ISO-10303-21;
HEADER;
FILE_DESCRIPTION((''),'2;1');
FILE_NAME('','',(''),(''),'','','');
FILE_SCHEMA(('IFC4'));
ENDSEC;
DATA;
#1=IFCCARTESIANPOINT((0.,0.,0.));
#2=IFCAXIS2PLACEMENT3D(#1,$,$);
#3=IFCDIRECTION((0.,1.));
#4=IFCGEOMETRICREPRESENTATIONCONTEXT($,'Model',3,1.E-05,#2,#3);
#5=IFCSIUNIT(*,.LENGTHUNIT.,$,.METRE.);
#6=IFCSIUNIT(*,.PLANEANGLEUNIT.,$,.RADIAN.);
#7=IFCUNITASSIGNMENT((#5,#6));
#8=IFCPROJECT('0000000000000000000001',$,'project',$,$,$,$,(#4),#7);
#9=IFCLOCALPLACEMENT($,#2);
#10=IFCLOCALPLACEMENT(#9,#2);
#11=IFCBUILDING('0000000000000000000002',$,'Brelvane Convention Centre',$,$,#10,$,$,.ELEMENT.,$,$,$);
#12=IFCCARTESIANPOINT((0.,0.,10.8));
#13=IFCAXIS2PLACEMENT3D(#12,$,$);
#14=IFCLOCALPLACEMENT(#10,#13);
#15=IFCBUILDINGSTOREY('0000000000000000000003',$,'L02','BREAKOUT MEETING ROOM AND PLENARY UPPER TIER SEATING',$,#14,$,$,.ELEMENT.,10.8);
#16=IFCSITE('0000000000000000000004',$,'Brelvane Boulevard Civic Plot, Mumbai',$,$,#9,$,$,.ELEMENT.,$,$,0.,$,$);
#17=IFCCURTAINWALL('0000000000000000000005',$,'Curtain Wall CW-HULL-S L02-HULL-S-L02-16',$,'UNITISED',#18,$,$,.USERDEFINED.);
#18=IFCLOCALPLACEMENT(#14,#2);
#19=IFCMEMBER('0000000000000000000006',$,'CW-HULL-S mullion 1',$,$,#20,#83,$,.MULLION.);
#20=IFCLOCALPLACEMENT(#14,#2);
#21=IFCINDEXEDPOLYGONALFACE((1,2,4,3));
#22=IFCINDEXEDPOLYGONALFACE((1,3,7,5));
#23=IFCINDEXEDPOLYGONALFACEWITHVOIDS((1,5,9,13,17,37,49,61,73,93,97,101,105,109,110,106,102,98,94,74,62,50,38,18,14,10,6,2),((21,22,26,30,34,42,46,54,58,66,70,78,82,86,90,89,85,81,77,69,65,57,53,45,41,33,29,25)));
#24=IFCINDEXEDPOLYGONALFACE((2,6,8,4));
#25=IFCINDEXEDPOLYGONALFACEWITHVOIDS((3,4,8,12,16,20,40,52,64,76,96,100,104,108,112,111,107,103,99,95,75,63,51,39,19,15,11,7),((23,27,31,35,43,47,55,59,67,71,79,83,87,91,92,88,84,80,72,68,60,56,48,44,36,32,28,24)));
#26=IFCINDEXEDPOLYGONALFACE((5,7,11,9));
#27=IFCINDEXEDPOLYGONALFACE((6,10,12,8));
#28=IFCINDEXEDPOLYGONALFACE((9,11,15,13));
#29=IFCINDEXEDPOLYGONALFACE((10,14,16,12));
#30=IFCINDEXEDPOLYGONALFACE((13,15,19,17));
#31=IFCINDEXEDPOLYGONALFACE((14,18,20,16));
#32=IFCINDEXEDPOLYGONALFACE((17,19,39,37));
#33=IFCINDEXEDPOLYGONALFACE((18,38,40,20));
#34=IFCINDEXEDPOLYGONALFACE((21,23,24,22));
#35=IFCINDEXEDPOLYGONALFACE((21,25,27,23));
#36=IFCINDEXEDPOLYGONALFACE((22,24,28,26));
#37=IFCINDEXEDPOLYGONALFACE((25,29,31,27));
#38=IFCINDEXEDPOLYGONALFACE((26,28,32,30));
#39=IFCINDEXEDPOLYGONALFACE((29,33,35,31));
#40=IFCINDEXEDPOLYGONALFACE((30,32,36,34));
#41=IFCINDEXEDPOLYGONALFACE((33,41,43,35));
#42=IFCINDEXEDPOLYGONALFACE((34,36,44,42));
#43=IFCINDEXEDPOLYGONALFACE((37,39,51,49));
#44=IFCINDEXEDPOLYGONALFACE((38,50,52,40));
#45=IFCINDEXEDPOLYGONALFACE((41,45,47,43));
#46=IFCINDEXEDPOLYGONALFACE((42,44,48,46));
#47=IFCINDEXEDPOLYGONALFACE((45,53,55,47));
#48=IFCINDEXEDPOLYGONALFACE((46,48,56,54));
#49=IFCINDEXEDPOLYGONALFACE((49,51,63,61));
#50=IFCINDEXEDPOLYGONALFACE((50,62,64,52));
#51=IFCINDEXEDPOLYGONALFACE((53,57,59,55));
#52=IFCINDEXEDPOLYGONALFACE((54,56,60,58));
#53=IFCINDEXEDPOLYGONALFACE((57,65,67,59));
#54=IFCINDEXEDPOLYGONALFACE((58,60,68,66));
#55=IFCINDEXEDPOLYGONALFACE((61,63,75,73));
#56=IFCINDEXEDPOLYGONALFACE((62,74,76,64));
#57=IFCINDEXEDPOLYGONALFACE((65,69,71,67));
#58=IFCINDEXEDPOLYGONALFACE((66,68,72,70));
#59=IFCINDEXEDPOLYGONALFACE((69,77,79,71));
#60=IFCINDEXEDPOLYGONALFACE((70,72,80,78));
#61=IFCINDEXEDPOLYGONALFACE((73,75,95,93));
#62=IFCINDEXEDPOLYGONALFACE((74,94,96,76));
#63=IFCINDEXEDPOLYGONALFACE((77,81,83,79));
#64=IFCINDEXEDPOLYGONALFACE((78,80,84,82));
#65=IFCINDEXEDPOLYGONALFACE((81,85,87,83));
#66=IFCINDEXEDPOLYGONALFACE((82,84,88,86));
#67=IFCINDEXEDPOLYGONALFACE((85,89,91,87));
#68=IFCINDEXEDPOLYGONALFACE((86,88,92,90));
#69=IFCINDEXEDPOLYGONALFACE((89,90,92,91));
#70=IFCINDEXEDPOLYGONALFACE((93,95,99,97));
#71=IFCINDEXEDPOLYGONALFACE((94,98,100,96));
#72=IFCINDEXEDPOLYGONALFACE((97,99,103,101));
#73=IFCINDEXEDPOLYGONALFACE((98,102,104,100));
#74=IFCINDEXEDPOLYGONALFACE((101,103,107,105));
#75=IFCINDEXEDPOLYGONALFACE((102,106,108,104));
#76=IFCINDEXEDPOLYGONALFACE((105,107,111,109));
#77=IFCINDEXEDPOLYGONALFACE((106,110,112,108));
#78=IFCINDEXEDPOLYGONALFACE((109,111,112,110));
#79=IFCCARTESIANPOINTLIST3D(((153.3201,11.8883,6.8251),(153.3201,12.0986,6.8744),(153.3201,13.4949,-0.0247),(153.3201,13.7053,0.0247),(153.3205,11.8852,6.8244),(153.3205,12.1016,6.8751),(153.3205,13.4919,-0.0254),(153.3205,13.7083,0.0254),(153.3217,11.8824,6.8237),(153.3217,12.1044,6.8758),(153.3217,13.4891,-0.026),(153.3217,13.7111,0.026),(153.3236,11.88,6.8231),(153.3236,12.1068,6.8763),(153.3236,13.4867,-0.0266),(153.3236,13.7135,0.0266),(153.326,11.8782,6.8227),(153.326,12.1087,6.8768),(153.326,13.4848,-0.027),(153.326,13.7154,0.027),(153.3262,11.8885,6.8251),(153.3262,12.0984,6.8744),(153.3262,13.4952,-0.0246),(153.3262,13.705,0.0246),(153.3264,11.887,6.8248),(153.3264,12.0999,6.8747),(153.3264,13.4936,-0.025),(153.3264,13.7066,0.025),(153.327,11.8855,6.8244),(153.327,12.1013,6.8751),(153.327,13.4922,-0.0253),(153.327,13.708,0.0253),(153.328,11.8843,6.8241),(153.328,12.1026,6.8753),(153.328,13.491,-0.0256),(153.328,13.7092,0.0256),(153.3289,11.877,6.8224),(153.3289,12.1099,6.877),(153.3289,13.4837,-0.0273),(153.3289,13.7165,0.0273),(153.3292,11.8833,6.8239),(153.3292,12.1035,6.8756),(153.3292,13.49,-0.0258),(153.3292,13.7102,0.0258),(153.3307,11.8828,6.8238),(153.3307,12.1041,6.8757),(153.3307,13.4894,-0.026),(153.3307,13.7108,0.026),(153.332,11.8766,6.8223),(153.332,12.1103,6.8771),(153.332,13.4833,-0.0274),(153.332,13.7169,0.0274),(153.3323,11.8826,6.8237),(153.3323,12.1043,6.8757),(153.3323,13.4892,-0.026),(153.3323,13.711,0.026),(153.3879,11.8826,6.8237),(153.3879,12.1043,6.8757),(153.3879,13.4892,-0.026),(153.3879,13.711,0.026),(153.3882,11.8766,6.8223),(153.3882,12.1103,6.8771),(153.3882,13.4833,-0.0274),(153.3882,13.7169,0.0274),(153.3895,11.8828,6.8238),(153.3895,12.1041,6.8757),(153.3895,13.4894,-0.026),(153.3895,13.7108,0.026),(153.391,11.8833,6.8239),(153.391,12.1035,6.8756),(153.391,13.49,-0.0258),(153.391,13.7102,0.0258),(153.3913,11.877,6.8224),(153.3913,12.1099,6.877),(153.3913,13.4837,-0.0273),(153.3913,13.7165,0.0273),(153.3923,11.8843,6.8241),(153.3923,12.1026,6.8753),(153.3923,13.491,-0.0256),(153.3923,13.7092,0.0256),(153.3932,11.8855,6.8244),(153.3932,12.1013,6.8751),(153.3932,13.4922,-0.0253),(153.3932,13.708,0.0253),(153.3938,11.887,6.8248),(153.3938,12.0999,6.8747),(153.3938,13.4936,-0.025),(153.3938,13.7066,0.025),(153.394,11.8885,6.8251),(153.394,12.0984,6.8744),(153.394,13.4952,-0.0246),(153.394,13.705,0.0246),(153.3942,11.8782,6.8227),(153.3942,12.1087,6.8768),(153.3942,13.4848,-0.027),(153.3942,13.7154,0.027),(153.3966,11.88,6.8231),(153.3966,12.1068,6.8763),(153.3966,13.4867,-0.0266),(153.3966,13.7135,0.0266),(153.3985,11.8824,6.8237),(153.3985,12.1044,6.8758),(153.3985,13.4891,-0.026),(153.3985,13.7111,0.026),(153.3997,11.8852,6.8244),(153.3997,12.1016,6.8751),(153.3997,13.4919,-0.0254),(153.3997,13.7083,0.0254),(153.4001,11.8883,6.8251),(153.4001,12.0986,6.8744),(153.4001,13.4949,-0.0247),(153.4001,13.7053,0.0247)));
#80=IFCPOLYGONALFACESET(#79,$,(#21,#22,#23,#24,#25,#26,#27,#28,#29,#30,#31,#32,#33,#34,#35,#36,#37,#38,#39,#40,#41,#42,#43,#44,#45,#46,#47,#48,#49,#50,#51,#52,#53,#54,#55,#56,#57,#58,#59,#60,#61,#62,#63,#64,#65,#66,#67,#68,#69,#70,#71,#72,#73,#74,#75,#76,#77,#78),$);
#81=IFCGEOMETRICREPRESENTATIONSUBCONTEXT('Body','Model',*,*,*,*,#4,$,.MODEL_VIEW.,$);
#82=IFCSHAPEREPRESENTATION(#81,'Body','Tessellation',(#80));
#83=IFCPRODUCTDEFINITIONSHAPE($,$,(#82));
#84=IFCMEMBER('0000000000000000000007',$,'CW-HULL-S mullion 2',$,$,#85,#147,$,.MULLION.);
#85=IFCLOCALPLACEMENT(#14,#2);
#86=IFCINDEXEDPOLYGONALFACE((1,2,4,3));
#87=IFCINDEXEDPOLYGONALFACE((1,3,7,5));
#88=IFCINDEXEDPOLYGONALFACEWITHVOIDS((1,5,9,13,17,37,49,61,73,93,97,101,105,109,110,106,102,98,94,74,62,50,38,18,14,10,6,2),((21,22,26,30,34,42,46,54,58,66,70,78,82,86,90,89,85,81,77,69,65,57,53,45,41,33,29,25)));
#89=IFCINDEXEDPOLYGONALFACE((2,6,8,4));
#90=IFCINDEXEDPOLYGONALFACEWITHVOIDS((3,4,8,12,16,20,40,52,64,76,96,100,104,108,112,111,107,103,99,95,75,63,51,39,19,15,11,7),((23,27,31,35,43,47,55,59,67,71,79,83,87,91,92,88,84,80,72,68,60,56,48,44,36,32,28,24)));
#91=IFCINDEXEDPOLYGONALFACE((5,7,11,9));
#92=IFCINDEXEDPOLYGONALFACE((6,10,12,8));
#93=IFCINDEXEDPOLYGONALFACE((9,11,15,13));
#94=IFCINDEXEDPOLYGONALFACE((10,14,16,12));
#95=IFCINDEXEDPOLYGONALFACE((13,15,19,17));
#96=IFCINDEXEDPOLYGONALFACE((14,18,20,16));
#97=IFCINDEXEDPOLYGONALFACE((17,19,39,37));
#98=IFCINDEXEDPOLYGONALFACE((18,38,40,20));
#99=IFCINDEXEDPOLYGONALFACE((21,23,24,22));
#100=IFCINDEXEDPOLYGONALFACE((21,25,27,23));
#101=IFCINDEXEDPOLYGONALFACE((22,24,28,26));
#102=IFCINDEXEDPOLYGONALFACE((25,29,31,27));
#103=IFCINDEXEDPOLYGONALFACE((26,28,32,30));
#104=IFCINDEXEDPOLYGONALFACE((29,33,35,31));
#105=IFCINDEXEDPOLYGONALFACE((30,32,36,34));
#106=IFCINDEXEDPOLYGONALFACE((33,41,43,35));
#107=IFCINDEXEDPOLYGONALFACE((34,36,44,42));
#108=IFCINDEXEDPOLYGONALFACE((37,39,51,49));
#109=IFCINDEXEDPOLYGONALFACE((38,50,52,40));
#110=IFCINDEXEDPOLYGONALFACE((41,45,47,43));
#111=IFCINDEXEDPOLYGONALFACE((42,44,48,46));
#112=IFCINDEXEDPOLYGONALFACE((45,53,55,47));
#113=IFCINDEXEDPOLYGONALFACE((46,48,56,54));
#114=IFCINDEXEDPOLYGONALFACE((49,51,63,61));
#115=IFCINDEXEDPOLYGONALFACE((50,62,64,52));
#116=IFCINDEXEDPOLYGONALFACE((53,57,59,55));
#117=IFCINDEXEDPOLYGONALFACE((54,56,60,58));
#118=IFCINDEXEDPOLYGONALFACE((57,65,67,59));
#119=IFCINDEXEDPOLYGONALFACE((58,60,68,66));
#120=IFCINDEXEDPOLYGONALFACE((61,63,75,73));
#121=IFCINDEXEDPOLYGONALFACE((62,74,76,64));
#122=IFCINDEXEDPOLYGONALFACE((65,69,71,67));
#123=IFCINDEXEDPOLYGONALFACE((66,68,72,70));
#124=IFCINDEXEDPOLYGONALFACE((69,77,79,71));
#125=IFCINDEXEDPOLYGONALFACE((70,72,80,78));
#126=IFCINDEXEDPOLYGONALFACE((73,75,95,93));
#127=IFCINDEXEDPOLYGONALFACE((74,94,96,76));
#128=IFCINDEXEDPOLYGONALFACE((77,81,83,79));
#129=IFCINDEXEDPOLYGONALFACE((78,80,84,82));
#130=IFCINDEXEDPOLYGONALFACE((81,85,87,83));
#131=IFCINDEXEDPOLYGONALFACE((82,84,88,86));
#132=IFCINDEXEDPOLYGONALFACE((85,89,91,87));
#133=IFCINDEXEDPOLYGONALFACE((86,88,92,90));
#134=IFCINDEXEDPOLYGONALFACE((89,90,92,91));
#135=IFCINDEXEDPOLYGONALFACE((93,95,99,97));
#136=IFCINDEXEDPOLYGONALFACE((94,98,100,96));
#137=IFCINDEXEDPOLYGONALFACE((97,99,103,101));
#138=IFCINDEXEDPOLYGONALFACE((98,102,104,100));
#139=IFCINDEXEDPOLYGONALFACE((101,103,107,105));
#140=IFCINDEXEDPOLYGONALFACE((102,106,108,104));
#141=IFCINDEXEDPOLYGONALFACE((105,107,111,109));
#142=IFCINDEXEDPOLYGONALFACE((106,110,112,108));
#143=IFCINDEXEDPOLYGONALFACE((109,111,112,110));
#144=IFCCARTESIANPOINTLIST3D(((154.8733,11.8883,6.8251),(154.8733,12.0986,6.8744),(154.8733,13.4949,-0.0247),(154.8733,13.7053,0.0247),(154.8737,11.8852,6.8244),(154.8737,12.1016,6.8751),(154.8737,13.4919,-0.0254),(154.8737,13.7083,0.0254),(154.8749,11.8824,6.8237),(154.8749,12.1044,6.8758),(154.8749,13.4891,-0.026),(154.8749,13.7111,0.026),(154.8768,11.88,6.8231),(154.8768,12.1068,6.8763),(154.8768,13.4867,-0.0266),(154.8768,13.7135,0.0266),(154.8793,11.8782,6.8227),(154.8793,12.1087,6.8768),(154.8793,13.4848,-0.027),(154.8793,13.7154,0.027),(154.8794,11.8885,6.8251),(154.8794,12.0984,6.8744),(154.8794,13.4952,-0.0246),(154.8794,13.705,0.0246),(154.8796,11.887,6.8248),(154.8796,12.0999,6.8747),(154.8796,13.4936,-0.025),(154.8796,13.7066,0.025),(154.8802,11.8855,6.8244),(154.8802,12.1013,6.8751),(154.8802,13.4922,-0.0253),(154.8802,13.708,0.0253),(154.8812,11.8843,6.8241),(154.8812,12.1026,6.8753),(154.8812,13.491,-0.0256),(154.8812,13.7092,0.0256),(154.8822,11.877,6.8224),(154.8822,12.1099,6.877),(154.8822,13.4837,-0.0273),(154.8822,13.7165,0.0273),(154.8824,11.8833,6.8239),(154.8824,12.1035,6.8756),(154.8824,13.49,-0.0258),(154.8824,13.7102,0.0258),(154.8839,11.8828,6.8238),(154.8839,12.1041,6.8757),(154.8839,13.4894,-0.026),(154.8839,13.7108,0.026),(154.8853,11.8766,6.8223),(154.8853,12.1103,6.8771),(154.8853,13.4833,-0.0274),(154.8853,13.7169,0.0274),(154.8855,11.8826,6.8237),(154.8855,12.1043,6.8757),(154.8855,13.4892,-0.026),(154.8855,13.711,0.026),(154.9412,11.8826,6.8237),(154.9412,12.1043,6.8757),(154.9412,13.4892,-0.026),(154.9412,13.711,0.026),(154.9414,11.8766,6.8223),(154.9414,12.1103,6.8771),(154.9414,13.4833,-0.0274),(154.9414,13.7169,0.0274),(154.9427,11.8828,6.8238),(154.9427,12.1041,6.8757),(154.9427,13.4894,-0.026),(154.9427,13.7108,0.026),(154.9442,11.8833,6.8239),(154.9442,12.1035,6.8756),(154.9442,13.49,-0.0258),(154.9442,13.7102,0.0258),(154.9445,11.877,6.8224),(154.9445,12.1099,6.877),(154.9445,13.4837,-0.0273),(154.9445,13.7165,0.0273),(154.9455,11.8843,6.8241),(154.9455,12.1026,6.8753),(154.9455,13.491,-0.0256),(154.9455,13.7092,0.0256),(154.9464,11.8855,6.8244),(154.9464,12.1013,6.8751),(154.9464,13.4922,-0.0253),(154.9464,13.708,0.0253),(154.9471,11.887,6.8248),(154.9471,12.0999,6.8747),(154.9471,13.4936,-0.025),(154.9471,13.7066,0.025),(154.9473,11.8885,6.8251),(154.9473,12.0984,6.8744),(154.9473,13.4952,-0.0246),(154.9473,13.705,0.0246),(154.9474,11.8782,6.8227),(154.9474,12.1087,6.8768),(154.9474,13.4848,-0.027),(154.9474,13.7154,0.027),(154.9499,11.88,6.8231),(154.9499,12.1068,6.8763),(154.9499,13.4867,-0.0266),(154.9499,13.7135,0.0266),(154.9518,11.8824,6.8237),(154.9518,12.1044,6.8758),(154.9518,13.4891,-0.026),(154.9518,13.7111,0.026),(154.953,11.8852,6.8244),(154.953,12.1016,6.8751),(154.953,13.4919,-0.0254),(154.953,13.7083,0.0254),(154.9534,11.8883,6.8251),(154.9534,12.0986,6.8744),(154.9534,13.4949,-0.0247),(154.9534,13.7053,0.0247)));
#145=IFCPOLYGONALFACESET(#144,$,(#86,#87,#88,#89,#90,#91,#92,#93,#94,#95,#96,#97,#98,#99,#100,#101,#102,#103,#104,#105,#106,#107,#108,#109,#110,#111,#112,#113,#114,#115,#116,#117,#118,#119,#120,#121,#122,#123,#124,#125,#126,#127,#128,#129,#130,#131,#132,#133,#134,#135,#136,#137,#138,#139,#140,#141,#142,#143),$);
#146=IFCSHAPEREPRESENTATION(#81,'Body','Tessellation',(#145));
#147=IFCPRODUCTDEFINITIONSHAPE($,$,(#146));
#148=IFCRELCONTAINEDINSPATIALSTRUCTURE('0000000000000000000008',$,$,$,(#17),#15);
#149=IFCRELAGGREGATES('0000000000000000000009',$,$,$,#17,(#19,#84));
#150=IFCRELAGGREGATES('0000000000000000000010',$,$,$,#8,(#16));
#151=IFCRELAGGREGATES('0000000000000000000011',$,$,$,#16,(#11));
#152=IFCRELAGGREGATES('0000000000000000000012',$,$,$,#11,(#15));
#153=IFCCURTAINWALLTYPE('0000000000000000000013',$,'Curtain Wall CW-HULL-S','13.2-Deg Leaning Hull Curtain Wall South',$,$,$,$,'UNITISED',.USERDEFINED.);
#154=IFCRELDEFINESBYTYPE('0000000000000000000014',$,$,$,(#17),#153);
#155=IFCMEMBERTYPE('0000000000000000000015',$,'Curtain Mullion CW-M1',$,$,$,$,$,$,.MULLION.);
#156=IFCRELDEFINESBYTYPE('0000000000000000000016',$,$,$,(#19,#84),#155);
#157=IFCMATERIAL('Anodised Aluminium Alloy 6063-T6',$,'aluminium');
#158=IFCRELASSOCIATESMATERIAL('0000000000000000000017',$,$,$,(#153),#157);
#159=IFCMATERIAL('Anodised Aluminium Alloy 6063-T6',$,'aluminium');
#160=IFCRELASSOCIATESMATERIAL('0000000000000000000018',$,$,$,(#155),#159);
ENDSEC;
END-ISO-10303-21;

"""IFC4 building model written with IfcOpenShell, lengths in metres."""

from ifc_helpers import new_model, si_unit, direction, frame, origin, origin_2d, place, context, subcontext, project, spatial, hollow_rectangle, extrude, material, material_profile, profile_set, type_object, element, aggregate, save


model = new_model("IFC4")

# Units and contexts
model_context = context("Model", 3, precision=1e-05, world=origin(), true_north=direction((0.0, 1.0)))
body_context = subcontext(model_context, "Body", "Model", "MODEL_VIEW")
ifc_project = project(units=[si_unit("LENGTHUNIT", "METRE"), si_unit("PLANEANGLEUNIT", "RADIAN")], contexts=[model_context])

# Site, building, storey
site_placement = place(None, origin())
site = spatial("IfcSite", under=ifc_project, at=site_placement, Name="Brelvane Boulevard Civic Plot, Mumbai", CompositionType="ELEMENT", RefElevation=0.0)
building_placement = place(site_placement, origin())
building = spatial("IfcBuilding", under=site, at=building_placement, Name="Brelvane Convention Centre", CompositionType="ELEMENT")
storey_placement = place(building_placement, frame((0.0, 0.0, 10.8)))
storey = spatial("IfcBuildingStorey", under=building, at=storey_placement, Name="L02", Description="BREAKOUT MEETING ROOM AND PLENARY UPPER TIER SEATING", CompositionType="ELEMENT", Elevation=10.8)

# Curtain wall, members
ifc_material_1 = material(Name="Anodised Aluminium Alloy 6063-T6", Category="aluminium")
curtain_wall_type = type_object("IfcCurtainWallType", Name="Curtain Wall CW-HULL-S", Description="13.2-Deg Leaning Hull Curtain Wall South", ElementType="UNITISED", PredefinedType="USERDEFINED", material=ifc_material_1)
ifc_material_2 = material(Name="Anodised Aluminium Alloy 6063-T6", Category="aluminium")
ifc_material_profile_1 = material_profile(ifc_material_2, hollow_rectangle(XDim=0.0801, YDim=0.24, WallThickness=0.0061, InnerFilletRadius=0.0061, OuterFilletRadius=0.012, at=origin_2d()), Name="ALU-M 240x80x6.0")
ifc_profile_set_1 = profile_set([ifc_material_profile_1], Name="Anodised Aluminium Alloy 6063-T6")
member_type_1 = type_object("IfcMemberType", Name="Curtain Mullion CW-M1", PredefinedType="MULLION", material=ifc_profile_set_1)
curtain_wall_1_placement = place(storey_placement, origin())
curtain_wall_1 = element("IfcCurtainWall", 1, at=curtain_wall_1_placement, inside=storey, type_object=curtain_wall_type, Name="Curtain Wall CW-HULL-S L02-HULL-S-L02-16", ObjectType="UNITISED", PredefinedType="USERDEFINED")
member_1_placement = place(storey_placement, frame((153.3601, 13.6001, 0.0), z_axis=(0.0, -0.22836, 0.973577), x_axis=(1.0, 0.0, 0.0)))
member_1 = element("IfcMember", 2, at=member_1_placement, type_object=member_type_1, Name="CW-HULL-S mullion 1", PredefinedType="MULLION", context=body_context, shape_type="SweptSolid", body=[
    extrude(hollow_rectangle(XDim=0.0801, YDim=0.24, WallThickness=0.0061, InnerFilletRadius=0.0061, OuterFilletRadius=0.012, at=origin_2d()), origin(), (0.0, 0.0, 1.0), 7.0356),
])
member_2_placement = place(storey_placement, frame((154.9133, 13.6001, 0.0), z_axis=(0.0, -0.22836, 0.973577), x_axis=(1.0, 0.0, 0.0)))
member_2 = element("IfcMember", 3, at=member_2_placement, type_object=member_type_1, Name="CW-HULL-S mullion 2", PredefinedType="MULLION", context=body_context, shape_type="SweptSolid", body=[
    extrude(hollow_rectangle(XDim=0.0801, YDim=0.24, WallThickness=0.0061, InnerFilletRadius=0.0061, OuterFilletRadius=0.012, at=origin_2d()), origin(), (0.0, 0.0, 1.0), 7.0356),
])

aggregate(curtain_wall_1, [member_1, member_2])

save(model, "model.ifc")
